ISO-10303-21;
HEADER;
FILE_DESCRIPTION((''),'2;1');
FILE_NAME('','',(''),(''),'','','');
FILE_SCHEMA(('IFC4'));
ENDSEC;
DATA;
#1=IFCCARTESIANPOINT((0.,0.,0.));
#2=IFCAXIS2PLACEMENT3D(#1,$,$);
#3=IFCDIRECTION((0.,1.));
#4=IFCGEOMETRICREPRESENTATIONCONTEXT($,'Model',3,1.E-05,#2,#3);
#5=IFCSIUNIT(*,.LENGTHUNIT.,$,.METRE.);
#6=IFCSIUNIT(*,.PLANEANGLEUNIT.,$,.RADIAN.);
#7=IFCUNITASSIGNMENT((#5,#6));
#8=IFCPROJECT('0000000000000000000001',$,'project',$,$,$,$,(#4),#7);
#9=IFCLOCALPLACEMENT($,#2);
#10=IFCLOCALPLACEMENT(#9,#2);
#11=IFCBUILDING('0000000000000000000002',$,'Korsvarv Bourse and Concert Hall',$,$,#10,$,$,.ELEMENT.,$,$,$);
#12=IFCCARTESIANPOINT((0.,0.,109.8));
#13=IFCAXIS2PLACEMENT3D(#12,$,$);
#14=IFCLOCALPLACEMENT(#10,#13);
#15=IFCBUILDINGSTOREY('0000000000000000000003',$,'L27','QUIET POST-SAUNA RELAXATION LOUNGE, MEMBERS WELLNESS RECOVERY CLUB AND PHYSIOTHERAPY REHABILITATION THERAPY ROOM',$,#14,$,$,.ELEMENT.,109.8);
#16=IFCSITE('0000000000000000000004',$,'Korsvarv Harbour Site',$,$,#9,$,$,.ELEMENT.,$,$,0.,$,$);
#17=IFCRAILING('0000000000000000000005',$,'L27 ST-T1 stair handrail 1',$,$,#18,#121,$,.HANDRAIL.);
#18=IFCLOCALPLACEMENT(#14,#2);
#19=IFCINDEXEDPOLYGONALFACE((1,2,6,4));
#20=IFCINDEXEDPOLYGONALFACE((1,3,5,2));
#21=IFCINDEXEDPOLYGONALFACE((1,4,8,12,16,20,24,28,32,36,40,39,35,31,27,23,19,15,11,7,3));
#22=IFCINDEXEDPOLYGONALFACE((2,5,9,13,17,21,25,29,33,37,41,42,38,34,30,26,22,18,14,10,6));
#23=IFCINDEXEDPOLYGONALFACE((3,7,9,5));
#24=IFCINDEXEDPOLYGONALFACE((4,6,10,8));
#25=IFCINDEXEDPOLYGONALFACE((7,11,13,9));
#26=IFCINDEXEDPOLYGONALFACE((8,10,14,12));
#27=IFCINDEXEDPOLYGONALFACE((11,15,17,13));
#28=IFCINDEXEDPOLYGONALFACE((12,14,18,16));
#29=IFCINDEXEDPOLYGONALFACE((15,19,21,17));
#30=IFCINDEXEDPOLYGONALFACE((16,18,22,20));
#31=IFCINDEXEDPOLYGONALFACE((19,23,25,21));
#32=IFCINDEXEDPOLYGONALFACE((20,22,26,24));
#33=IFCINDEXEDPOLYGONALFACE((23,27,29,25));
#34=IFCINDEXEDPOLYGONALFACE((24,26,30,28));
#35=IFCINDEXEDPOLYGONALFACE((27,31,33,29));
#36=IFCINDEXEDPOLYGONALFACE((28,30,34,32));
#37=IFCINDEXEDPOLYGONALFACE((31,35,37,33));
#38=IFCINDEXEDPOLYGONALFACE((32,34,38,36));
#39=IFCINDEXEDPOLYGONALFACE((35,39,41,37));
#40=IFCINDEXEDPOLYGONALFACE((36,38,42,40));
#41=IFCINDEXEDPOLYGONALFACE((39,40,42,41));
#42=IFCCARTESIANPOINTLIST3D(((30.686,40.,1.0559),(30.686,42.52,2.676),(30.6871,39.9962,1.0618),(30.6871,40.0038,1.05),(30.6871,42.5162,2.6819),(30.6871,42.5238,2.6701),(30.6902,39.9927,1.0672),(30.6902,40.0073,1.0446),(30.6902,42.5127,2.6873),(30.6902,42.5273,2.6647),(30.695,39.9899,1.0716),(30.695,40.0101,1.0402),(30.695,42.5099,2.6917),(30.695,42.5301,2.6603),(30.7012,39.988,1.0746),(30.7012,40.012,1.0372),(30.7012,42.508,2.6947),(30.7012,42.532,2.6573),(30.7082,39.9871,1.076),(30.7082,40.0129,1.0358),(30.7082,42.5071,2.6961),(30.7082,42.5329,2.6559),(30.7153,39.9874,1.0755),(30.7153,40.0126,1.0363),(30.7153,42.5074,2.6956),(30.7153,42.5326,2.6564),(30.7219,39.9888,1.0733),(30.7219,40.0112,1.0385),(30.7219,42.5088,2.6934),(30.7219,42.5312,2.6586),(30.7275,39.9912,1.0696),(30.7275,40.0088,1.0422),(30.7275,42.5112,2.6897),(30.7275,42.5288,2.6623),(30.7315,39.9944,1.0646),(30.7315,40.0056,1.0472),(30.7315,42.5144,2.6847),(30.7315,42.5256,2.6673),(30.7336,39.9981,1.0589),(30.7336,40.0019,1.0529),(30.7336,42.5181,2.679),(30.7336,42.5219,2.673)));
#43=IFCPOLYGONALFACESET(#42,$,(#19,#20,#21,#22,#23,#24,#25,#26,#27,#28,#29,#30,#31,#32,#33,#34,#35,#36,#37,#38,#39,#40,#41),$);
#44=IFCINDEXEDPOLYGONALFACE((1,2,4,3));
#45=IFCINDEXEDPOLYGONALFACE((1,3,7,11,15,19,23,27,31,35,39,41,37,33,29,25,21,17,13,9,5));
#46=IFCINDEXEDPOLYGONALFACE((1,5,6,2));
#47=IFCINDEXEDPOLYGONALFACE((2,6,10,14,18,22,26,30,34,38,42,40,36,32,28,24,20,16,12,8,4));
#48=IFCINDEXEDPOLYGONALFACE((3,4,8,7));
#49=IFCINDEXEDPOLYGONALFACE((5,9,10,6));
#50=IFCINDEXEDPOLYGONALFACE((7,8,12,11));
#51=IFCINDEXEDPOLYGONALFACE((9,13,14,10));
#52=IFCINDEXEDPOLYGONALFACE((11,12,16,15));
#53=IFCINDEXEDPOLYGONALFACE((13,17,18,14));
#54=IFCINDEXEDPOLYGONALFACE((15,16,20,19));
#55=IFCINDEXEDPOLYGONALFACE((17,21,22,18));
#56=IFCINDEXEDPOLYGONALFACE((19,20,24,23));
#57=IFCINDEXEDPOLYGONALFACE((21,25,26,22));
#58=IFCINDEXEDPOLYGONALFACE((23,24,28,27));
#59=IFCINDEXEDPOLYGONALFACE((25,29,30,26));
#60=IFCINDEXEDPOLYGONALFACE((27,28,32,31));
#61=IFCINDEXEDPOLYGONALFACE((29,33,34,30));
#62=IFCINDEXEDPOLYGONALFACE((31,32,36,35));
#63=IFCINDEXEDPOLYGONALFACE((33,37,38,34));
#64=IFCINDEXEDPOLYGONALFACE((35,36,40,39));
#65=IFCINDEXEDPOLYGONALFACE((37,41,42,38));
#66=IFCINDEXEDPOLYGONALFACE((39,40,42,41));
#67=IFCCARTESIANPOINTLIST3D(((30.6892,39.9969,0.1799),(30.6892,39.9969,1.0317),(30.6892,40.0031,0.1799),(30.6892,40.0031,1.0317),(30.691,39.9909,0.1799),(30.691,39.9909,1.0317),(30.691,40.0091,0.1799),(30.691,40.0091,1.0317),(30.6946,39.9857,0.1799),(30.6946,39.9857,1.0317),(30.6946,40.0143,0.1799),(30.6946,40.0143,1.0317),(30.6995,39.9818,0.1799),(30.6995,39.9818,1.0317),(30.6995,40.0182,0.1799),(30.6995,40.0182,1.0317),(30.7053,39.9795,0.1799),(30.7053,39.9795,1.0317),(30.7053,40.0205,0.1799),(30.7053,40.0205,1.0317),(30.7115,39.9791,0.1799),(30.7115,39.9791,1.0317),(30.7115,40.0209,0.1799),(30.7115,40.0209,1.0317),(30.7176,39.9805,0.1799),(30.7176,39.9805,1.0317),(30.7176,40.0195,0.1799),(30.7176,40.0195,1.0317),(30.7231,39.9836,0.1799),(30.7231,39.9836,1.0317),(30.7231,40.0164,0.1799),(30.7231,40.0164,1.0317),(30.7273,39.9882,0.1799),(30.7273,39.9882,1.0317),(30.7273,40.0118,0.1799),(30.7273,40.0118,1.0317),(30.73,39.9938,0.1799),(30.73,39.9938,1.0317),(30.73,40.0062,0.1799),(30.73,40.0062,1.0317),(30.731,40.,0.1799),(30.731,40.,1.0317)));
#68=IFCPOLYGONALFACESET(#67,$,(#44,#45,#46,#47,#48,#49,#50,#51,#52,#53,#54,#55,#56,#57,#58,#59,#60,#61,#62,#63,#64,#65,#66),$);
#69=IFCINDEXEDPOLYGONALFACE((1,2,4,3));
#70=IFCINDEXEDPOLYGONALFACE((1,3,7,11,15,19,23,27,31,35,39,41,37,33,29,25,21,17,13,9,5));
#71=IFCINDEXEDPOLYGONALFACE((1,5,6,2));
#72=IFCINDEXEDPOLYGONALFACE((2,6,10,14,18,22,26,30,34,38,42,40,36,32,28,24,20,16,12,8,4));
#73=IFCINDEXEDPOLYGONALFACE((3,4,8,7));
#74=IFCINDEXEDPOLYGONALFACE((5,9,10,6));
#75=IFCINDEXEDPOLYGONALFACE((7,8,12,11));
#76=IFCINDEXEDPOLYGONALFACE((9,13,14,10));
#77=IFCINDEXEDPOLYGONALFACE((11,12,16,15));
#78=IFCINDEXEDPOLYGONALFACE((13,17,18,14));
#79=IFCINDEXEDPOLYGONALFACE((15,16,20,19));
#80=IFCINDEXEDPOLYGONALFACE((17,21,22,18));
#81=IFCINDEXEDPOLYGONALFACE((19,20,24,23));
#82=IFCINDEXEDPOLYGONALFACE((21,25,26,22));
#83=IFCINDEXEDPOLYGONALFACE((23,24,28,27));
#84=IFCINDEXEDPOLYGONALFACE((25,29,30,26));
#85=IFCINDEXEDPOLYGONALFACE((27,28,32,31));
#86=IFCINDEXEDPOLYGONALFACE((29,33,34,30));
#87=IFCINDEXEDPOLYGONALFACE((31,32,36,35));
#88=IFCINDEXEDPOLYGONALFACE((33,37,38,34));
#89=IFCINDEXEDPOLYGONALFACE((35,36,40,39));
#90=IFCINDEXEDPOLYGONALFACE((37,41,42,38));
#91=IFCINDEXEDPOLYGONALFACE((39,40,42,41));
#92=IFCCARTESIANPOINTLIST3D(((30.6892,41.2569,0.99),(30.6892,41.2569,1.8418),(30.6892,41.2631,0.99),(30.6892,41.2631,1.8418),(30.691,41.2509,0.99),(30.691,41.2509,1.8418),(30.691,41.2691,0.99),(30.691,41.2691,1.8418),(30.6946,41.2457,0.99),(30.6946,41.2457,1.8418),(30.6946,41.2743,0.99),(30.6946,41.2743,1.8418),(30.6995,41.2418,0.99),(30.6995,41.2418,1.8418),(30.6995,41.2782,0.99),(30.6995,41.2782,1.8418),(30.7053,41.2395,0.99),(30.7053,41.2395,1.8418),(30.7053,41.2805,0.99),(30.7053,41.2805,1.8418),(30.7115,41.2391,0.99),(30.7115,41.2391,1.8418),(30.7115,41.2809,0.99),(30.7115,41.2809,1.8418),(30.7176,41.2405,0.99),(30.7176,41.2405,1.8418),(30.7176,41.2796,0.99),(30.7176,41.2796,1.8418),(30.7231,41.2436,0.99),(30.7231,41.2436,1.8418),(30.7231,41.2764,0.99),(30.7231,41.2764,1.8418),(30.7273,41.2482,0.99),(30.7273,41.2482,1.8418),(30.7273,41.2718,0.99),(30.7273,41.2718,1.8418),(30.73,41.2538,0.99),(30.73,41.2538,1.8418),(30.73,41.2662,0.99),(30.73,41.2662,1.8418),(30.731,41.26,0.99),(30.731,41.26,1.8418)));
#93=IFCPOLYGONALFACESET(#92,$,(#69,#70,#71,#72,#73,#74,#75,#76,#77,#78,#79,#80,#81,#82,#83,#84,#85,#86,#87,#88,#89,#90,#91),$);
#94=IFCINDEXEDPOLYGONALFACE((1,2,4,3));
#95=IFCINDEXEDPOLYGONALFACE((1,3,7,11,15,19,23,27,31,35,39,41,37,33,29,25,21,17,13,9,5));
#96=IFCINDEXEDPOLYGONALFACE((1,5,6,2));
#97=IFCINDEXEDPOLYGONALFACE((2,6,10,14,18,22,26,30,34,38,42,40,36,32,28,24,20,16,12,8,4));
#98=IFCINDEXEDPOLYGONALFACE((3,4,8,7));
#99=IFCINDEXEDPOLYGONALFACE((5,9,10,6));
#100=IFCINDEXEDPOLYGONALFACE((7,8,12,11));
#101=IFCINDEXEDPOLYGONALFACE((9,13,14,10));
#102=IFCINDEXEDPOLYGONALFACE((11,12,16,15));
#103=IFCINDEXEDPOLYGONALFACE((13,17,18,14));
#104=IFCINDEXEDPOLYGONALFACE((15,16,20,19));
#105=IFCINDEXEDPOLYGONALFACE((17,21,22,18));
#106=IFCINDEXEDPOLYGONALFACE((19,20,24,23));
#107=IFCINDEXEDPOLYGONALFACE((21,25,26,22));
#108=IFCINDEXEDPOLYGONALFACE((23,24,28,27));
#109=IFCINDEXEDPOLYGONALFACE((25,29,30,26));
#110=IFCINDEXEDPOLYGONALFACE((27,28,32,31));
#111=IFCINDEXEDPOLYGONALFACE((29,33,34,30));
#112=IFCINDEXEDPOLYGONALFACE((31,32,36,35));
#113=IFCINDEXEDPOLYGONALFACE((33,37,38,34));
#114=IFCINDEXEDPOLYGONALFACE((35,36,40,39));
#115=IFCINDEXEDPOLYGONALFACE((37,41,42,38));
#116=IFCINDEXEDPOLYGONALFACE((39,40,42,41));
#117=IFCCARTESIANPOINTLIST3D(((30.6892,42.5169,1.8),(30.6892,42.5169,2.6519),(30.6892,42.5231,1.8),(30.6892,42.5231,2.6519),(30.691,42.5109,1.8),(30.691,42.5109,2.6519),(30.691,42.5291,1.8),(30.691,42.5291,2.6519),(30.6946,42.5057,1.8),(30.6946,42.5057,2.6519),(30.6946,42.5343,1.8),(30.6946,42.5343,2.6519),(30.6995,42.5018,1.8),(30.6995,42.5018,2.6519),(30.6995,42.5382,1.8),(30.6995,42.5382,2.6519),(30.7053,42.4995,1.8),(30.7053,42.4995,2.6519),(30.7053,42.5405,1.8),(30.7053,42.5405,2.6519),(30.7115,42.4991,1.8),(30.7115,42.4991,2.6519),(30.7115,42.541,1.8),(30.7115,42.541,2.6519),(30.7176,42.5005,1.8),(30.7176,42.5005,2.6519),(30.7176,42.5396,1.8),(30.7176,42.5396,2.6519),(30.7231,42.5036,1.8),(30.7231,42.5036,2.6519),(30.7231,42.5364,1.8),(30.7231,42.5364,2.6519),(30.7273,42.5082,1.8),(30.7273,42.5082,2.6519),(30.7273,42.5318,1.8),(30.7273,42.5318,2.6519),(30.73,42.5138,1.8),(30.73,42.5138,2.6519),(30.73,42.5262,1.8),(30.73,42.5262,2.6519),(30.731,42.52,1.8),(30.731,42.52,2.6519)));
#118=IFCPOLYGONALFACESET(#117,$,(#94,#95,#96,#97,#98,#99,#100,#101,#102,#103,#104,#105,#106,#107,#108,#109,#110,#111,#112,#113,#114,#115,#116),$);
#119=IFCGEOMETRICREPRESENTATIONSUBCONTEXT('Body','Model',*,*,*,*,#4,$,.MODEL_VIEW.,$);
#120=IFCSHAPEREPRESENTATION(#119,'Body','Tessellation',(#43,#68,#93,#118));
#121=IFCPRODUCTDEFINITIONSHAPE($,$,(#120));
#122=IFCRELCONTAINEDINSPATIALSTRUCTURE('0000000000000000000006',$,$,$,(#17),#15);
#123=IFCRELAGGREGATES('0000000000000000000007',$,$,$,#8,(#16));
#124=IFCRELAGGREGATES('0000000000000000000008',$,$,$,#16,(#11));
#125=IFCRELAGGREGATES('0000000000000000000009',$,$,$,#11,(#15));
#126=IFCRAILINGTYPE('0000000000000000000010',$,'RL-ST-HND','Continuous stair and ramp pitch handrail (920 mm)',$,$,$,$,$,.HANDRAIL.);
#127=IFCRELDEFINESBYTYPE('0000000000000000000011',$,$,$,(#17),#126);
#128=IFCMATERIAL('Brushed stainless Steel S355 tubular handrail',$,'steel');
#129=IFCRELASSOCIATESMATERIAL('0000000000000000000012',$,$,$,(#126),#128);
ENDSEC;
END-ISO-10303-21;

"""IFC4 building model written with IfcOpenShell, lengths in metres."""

from ifc_helpers import new_model, si_unit, direction, frame, origin, origin_2d, place, context, subcontext, project, spatial, circle, extrude, material, type_object, element, save


model = new_model("IFC4")

# Units and contexts
model_context = context("Model", 3, precision=1e-05, world=origin(), true_north=direction((0.0, 1.0)))
body_context = subcontext(model_context, "Body", "Model", "MODEL_VIEW")
ifc_project = project(units=[si_unit("LENGTHUNIT", "METRE"), si_unit("PLANEANGLEUNIT", "RADIAN")], contexts=[model_context])

# Site, building, storey
site_placement = place(None, origin())
site = spatial("IfcSite", under=ifc_project, at=site_placement, Name="Korsvarv Harbour Site", CompositionType="ELEMENT", RefElevation=0.0)
building_placement = place(site_placement, origin())
building = spatial("IfcBuilding", under=site, at=building_placement, Name="Korsvarv Bourse and Concert Hall", CompositionType="ELEMENT")
storey_placement = place(building_placement, frame((0.0, 0.0, 109.8)))
storey = spatial("IfcBuildingStorey", under=building, at=storey_placement, Name="L27", Description="QUIET POST-SAUNA RELAXATION LOUNGE, MEMBERS WELLNESS RECOVERY CLUB AND PHYSIOTHERAPY REHABILITATION THERAPY ROOM", CompositionType="ELEMENT", Elevation=109.8)

# Railing
ifc_material_1 = material(Name="Brushed stainless Steel S355 tubular handrail", Category="steel")
railing_type_1 = type_object("IfcRailingType", Name="RL-ST-HND", Description="Continuous stair and ramp pitch handrail (920 mm)", PredefinedType="HANDRAIL", material=ifc_material_1)
railing_1_placement = place(storey_placement, frame((30.71, 40.0, 0.1799)))
element("IfcRailing", 1, at=railing_1_placement, inside=storey, type_object=railing_type_1, Name="L27 ST-T1 stair handrail 1", PredefinedType="HANDRAIL", context=body_context, shape_type="SweptSolid", body=[
    extrude(circle(Radius=0.0239, at=origin_2d()), frame((0.0, 0.0, 0.876), z_axis=(0.0, 0.841163, 0.540782), x_axis=(-1.0, 0.0, 0.0)), (0.0, 0.0, 1.0), 2.9958),
    extrude(circle(Radius=0.021, at=origin_2d()), origin(), (0.0, 0.0, 1.0), 0.8518),
    extrude(circle(Radius=0.021, at=origin_2d()), frame((0.0, 1.26, 0.8101)), (0.0, 0.0, 1.0), 0.8518),
    extrude(circle(Radius=0.021, at=origin_2d()), frame((0.0, 2.52, 1.6201)), (0.0, 0.0, 1.0), 0.8518),
])

save(model, "model.ifc")
